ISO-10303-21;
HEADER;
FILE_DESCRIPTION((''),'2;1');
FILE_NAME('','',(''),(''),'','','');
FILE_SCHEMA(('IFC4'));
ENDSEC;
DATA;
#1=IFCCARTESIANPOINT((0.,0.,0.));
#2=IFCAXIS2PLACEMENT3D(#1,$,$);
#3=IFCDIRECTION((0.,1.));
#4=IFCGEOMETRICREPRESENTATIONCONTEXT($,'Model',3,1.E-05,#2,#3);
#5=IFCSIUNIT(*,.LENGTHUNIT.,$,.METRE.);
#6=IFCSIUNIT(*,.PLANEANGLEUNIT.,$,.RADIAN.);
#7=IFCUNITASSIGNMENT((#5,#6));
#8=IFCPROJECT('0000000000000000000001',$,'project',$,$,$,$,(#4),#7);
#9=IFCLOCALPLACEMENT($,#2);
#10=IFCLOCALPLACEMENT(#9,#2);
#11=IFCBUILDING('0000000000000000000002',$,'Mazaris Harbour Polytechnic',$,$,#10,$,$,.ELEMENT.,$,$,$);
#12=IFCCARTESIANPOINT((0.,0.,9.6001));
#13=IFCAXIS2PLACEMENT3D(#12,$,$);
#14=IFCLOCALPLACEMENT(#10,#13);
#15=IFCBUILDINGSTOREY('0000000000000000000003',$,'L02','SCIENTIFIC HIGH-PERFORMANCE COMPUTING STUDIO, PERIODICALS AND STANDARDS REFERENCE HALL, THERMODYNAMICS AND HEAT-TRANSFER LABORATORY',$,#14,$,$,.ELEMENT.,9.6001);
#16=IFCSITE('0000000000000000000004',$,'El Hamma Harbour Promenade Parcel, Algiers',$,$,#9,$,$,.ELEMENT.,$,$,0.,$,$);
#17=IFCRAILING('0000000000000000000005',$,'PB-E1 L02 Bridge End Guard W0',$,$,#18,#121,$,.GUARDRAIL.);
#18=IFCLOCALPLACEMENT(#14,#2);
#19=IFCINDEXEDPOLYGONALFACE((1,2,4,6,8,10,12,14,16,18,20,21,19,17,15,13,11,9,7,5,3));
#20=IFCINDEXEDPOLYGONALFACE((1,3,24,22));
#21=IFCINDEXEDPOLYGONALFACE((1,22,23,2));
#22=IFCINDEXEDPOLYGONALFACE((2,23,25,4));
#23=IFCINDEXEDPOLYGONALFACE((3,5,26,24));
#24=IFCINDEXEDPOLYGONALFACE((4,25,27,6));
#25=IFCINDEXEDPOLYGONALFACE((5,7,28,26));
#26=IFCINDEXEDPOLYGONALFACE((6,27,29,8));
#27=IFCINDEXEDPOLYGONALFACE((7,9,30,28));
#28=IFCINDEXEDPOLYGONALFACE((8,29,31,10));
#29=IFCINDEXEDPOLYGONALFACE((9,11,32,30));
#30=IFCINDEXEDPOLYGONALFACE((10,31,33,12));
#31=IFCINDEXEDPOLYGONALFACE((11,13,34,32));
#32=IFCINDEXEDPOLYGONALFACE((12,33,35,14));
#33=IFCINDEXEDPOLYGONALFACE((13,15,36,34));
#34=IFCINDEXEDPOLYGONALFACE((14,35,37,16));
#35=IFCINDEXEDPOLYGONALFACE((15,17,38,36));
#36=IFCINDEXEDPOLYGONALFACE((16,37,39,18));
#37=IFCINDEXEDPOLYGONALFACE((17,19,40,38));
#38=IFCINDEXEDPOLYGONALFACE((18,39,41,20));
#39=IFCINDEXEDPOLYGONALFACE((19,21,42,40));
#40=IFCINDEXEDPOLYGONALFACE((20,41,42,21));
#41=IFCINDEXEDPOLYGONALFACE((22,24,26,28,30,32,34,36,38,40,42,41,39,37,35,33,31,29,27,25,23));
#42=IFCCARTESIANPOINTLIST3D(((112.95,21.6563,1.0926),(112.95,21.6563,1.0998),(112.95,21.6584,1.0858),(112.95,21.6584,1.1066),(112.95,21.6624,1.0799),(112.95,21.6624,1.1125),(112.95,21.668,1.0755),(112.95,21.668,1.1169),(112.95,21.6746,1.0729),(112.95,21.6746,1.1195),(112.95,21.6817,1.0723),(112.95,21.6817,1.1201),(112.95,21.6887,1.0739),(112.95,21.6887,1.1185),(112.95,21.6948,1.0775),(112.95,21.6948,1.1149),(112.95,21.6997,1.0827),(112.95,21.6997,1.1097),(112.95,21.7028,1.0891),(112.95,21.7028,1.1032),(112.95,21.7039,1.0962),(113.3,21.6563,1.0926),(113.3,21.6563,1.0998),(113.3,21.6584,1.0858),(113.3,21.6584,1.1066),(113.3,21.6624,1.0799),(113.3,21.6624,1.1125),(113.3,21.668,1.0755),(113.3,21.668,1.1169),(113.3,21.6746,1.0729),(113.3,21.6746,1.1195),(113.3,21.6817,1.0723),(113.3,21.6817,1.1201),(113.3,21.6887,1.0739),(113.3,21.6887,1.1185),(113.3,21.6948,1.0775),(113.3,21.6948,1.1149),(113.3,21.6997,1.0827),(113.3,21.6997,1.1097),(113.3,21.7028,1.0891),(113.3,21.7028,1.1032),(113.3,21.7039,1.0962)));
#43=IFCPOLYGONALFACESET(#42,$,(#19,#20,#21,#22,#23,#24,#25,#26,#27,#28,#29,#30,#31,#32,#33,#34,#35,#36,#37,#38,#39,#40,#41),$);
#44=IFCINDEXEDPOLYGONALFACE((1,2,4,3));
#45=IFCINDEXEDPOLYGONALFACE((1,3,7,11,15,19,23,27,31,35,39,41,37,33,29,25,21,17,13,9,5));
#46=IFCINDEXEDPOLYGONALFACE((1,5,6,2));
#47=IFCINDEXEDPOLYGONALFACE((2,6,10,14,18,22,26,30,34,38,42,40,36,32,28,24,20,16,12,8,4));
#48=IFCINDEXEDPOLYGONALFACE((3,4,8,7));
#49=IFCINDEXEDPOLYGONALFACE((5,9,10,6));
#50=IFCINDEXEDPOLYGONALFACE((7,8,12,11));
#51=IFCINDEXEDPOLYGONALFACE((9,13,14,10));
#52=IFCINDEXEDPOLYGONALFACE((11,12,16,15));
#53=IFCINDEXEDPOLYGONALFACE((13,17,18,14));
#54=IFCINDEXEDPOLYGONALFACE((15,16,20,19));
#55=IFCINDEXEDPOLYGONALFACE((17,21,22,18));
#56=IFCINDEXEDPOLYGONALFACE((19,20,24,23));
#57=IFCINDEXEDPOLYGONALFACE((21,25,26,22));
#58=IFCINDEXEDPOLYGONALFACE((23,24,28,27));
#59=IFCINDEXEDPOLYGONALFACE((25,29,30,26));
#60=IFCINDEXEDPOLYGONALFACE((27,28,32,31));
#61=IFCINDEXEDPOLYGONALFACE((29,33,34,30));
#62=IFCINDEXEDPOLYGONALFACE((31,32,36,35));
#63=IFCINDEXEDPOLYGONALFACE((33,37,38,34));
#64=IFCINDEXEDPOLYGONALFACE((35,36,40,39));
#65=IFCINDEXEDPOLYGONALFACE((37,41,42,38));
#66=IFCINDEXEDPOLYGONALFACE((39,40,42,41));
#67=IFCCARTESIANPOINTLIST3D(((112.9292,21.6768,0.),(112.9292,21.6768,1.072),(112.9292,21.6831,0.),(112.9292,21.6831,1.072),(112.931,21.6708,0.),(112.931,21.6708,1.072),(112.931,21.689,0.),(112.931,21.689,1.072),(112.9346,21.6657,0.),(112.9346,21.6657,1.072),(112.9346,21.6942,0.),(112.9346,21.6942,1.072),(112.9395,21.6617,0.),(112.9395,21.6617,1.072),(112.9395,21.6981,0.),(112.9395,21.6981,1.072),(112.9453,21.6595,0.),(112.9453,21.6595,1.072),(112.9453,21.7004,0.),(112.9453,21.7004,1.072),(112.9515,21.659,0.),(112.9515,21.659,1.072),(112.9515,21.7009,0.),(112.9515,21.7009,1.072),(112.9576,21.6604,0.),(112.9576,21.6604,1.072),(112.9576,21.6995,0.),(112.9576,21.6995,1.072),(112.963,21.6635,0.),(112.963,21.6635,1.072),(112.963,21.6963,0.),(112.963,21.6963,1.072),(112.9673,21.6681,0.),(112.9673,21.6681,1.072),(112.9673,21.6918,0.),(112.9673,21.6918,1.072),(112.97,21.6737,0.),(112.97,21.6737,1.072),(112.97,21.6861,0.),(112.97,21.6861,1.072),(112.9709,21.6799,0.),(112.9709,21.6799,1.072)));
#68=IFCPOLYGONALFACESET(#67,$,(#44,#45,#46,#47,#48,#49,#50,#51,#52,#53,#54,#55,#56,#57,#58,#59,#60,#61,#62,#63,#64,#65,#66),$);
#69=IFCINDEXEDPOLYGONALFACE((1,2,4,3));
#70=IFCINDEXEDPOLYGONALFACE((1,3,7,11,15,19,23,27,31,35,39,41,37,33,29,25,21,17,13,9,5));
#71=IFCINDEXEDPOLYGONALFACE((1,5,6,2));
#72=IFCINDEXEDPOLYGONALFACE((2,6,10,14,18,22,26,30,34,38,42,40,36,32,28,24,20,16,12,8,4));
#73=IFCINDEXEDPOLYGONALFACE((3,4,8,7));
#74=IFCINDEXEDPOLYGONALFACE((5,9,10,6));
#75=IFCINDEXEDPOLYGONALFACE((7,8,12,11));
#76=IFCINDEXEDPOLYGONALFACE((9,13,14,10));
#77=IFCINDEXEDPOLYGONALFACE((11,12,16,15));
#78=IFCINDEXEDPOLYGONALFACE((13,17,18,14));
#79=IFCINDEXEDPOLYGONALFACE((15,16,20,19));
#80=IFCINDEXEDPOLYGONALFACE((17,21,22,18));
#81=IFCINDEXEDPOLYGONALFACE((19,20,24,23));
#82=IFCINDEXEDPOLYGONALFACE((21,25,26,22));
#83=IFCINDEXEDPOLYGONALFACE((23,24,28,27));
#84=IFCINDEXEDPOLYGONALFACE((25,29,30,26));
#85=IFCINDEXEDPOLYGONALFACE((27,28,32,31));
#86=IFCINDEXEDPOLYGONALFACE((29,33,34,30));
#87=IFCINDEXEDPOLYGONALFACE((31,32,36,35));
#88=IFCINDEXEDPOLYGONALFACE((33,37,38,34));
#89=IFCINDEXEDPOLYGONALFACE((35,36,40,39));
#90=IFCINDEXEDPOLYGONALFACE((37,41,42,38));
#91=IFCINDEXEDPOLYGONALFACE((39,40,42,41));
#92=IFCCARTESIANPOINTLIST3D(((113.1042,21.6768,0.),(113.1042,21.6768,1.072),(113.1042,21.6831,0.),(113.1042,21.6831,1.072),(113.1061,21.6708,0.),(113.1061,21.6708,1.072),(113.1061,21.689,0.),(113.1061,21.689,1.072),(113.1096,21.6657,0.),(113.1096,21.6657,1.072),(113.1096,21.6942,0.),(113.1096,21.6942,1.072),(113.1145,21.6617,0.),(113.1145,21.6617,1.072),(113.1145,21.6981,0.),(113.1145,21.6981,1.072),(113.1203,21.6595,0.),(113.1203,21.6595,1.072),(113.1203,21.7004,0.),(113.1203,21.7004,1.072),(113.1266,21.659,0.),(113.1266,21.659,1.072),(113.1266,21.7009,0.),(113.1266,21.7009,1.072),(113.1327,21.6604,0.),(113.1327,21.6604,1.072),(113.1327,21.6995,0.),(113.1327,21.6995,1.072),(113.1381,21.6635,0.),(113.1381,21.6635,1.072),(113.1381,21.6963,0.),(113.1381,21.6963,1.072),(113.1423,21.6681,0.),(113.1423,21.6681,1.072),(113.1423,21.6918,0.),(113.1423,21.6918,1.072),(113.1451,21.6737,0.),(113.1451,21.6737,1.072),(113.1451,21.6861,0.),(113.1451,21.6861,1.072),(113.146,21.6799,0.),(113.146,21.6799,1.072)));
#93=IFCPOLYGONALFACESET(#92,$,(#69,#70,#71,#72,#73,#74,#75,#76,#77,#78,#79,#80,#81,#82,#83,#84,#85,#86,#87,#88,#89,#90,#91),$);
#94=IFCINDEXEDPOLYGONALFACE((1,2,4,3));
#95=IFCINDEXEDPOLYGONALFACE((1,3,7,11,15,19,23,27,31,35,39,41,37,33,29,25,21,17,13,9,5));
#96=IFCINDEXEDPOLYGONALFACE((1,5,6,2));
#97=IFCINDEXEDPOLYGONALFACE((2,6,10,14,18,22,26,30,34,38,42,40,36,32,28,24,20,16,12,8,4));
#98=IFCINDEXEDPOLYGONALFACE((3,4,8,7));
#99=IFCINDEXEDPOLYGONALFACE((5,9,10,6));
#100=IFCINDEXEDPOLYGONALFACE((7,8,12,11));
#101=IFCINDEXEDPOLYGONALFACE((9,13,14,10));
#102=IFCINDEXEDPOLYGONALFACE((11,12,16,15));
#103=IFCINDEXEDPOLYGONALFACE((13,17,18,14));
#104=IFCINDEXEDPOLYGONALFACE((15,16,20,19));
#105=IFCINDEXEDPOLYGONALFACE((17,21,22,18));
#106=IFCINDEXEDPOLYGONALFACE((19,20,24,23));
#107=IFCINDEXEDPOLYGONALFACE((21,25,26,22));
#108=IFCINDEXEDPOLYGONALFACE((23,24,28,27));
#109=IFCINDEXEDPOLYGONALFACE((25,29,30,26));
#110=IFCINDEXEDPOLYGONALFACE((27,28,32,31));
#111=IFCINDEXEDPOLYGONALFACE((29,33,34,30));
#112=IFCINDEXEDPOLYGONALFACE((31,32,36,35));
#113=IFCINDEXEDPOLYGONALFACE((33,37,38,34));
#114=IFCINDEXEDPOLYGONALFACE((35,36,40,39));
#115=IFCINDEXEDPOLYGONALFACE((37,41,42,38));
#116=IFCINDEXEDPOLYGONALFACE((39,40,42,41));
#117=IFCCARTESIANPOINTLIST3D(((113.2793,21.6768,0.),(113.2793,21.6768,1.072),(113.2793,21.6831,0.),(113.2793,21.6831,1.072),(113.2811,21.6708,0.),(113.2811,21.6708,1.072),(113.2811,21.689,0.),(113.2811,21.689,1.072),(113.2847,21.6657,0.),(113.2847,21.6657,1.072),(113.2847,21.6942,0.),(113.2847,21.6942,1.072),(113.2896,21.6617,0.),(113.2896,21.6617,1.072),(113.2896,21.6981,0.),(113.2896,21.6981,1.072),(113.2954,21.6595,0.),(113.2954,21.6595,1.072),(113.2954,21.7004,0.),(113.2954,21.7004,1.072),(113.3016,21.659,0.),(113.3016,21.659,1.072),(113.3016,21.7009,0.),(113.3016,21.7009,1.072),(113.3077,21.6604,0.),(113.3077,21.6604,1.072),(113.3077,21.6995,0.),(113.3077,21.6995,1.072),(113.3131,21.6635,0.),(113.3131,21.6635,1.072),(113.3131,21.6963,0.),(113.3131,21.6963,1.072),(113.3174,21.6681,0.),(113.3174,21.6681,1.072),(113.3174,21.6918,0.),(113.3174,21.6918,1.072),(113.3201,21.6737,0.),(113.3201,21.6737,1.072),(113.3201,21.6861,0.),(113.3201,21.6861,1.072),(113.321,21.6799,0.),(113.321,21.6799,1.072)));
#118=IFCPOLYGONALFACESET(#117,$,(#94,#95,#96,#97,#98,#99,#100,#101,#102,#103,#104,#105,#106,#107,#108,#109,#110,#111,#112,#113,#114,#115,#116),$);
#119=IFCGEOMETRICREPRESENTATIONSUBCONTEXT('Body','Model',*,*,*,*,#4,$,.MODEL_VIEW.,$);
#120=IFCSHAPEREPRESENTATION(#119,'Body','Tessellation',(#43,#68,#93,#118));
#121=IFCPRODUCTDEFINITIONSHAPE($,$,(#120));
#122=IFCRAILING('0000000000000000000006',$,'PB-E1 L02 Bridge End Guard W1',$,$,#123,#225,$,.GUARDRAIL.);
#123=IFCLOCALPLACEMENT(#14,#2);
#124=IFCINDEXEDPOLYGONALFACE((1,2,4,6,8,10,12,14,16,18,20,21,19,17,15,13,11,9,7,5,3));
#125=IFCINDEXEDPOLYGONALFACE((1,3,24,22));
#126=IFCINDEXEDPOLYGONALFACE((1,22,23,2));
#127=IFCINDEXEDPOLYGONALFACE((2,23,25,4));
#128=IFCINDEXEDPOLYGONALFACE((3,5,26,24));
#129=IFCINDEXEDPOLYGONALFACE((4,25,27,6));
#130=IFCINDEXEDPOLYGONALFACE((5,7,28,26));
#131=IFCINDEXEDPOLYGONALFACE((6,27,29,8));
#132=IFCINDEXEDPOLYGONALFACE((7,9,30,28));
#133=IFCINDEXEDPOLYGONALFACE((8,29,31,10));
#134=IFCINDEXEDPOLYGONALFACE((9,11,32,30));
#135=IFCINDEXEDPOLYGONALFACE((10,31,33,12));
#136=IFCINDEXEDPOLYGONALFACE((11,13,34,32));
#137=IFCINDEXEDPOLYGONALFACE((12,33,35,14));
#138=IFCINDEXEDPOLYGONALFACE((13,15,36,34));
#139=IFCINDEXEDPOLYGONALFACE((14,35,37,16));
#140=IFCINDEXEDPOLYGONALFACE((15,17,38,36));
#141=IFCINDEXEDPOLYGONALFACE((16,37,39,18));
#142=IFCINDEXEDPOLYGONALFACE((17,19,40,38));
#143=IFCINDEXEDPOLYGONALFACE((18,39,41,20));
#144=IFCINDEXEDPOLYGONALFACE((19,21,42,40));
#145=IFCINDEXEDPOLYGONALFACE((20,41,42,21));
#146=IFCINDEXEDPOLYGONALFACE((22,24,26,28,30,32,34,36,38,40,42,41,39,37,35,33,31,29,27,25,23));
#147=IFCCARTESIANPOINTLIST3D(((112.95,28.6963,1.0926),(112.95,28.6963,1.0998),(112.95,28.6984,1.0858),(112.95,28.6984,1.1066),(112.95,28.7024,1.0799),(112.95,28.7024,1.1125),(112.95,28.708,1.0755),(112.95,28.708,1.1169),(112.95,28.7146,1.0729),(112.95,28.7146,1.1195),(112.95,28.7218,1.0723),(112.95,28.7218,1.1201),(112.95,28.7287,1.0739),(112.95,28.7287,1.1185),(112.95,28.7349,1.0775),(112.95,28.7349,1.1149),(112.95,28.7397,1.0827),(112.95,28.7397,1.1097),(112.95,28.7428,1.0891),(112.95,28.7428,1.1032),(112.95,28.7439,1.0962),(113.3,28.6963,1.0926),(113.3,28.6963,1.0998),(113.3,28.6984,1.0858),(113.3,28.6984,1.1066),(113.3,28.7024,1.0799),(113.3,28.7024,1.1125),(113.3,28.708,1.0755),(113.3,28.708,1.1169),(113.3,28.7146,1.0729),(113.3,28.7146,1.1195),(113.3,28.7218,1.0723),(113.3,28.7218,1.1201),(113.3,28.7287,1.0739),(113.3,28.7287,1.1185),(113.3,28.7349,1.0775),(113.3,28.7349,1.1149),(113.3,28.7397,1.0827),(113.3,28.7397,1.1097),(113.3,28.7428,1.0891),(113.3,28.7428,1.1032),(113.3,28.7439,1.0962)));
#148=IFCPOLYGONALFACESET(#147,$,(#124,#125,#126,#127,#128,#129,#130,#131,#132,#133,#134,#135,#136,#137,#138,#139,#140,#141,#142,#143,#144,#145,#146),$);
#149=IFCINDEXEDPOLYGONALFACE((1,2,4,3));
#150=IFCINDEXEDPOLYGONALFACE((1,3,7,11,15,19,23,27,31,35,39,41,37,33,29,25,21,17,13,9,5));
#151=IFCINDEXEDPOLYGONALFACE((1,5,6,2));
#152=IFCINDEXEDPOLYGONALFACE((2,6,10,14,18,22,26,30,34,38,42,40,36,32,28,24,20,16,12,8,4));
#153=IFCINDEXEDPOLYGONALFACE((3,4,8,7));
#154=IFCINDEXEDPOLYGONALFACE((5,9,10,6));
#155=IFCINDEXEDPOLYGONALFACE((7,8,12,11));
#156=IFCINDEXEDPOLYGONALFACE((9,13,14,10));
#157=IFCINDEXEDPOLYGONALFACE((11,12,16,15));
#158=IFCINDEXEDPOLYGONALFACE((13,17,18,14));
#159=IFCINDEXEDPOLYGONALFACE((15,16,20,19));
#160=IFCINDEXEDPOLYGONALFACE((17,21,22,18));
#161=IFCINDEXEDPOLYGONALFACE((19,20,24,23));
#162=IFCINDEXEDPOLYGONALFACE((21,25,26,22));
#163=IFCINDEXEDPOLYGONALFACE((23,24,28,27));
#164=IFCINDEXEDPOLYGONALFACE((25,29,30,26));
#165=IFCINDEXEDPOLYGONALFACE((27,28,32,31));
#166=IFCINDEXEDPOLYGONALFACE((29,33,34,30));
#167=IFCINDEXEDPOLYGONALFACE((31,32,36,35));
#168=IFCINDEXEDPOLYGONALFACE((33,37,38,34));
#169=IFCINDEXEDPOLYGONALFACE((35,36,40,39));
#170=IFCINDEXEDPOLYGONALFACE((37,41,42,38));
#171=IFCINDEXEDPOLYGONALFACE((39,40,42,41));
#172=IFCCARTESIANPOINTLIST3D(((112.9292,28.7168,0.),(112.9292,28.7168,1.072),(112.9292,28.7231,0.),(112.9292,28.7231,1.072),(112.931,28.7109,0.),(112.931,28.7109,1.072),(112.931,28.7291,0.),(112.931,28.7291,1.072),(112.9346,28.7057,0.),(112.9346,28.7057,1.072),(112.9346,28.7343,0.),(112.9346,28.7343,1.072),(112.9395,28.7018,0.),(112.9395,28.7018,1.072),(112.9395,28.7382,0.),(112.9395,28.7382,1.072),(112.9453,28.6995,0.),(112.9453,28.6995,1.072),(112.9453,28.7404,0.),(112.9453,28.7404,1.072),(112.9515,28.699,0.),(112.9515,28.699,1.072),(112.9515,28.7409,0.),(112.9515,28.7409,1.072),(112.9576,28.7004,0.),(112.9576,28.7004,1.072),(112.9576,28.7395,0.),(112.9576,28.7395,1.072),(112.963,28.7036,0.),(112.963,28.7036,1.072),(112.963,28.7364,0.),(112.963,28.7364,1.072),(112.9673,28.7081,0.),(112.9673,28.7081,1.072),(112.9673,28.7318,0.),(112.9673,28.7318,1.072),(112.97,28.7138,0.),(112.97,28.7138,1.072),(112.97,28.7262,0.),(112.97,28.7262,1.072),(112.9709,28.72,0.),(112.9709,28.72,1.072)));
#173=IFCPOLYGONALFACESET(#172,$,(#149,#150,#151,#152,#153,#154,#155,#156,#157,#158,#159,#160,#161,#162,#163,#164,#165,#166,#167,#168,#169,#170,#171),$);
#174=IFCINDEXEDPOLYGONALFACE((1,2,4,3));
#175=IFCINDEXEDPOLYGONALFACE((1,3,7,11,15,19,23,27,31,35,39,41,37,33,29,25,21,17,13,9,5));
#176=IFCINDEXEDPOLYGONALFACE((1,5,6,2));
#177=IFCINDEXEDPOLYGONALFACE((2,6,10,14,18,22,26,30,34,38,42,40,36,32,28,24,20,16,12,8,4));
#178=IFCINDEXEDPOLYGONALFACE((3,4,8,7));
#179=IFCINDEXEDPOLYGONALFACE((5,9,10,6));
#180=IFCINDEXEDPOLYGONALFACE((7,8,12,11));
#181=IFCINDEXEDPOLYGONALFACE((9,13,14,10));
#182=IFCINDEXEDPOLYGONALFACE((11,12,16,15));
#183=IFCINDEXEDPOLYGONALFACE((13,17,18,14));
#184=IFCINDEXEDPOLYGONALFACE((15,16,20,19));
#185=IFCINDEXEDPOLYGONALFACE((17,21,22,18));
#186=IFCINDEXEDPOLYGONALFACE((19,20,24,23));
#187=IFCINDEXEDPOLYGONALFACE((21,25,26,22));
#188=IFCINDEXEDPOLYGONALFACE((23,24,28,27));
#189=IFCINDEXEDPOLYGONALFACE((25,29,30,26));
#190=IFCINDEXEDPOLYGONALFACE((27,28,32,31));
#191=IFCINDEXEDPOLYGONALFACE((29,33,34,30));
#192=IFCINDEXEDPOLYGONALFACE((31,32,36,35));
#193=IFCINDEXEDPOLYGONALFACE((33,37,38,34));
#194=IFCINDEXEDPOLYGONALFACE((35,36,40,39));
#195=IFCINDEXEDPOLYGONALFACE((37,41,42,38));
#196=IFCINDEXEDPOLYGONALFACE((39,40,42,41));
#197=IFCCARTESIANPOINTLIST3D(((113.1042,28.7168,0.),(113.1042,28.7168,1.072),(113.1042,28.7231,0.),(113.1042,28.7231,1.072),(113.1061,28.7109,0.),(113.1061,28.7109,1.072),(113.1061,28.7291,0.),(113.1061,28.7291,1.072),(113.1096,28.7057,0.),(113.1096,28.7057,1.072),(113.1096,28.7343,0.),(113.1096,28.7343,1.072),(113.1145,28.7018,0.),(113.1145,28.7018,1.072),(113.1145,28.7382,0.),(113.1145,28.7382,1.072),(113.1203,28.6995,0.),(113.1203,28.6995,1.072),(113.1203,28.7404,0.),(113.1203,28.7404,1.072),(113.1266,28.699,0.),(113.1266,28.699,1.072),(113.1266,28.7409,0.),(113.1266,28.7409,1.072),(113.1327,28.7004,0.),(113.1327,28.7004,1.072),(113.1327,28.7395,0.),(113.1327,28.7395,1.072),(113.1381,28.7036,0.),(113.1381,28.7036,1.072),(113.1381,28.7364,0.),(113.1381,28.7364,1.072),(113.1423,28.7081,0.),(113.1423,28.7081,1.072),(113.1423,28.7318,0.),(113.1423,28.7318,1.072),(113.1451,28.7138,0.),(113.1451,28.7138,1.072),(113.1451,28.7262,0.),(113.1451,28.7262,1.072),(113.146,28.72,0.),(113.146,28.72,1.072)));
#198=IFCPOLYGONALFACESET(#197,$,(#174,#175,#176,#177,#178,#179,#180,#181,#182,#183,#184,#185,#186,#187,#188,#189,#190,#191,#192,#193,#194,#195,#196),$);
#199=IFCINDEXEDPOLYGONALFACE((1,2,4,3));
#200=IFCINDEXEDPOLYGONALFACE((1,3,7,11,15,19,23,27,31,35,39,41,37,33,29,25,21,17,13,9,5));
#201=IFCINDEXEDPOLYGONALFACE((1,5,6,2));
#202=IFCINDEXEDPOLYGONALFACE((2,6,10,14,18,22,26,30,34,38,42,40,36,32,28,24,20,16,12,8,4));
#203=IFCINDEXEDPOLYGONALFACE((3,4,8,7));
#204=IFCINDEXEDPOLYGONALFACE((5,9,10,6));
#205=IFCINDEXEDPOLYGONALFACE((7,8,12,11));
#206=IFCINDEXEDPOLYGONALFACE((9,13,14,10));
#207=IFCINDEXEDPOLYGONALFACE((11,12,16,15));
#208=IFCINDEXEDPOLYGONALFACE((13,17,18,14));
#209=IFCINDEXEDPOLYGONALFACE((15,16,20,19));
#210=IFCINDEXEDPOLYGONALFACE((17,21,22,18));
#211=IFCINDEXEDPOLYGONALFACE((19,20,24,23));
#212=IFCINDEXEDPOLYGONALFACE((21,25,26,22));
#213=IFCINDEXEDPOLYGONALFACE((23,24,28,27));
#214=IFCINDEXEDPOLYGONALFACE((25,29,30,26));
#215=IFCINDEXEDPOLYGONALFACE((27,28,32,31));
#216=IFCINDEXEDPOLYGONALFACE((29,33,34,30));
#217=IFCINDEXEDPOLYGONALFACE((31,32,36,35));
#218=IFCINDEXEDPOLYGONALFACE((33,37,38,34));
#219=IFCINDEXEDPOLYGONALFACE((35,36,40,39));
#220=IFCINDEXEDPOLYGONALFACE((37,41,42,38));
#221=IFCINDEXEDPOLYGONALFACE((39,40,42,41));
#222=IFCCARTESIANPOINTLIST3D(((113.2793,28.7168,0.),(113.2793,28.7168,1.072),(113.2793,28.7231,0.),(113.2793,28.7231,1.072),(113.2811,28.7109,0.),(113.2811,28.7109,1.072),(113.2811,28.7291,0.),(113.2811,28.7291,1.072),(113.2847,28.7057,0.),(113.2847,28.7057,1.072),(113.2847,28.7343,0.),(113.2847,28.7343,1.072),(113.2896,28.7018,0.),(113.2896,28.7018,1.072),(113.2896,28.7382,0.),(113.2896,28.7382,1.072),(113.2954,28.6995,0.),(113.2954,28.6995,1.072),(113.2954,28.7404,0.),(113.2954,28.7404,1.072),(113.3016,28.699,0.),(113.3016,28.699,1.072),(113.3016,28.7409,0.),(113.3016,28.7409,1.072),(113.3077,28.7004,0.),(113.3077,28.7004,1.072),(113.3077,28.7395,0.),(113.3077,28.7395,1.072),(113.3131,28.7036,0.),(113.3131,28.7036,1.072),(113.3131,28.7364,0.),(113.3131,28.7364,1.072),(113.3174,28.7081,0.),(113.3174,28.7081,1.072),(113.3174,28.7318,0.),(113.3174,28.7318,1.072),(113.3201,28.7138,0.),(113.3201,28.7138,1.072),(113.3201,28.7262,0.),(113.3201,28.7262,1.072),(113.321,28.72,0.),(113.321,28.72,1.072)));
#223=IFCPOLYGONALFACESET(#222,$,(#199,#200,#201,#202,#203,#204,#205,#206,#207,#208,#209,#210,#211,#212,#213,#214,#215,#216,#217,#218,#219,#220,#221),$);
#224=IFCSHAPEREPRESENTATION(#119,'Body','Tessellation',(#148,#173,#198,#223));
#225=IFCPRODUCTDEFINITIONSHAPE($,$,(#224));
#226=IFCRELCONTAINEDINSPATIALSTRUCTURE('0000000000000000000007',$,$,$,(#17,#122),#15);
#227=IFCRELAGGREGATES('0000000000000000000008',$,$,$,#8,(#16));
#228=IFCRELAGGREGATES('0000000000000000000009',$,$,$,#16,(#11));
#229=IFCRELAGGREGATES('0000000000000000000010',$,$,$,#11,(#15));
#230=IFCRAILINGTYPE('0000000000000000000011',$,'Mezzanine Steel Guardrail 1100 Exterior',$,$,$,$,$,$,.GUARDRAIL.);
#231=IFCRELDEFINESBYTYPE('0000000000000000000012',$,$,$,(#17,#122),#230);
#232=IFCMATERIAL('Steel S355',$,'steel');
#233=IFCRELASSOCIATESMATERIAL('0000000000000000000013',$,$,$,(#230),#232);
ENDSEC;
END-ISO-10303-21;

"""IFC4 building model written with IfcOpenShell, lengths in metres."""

from ifc_helpers import new_model, si_unit, direction, frame, origin, origin_2d, place, context, subcontext, project, spatial, circle, extrude, material, type_object, element, save


model = new_model("IFC4")

# Units and contexts
model_context = context("Model", 3, precision=1e-05, world=origin(), true_north=direction((0.0, 1.0)))
body_context = subcontext(model_context, "Body", "Model", "MODEL_VIEW")
ifc_project = project(units=[si_unit("LENGTHUNIT", "METRE"), si_unit("PLANEANGLEUNIT", "RADIAN")], contexts=[model_context])

# Site, building, storey
site_placement = place(None, origin())
site = spatial("IfcSite", under=ifc_project, at=site_placement, Name="El Hamma Harbour Promenade Parcel, Algiers", CompositionType="ELEMENT", RefElevation=0.0)
building_placement = place(site_placement, origin())
building = spatial("IfcBuilding", under=site, at=building_placement, Name="Mazaris Harbour Polytechnic", CompositionType="ELEMENT")
storey_placement = place(building_placement, frame((0.0, 0.0, 9.6001)))
storey = spatial("IfcBuildingStorey", under=building, at=storey_placement, Name="L02", Description="SCIENTIFIC HIGH-PERFORMANCE COMPUTING STUDIO, PERIODICALS AND STANDARDS REFERENCE HALL, THERMODYNAMICS AND HEAT-TRANSFER LABORATORY", CompositionType="ELEMENT", Elevation=9.6001)

# Railings
ifc_material_1 = material(Name="Steel S355", Category="steel")
railing_type = type_object("IfcRailingType", Name="Mezzanine Steel Guardrail 1100 Exterior", PredefinedType="GUARDRAIL", material=ifc_material_1)
for number, where, name in (
    (1, (112.95, 21.6799, 0.0), "PB-E1 L02 Bridge End Guard W0"),
    (2, (112.95, 28.72, 0.0), "PB-E1 L02 Bridge End Guard W1"),
):
    element("IfcRailing", number, at=place(storey_placement, frame(where)), inside=storey, type_object=railing_type, Name=name, PredefinedType="GUARDRAIL", context=body_context, shape_type="SweptSolid", body=[
        extrude(circle(Radius=0.0239, at=origin_2d()), frame((0.0, 0.0, 1.0962), z_axis=(1.0, 0.0, 0.0), x_axis=(0.0, 1.0, 0.0)), (0.0, 0.0, 1.0), 0.3501),
        extrude(circle(Radius=0.021, at=origin_2d()), origin(), (0.0, 0.0, 1.0), 1.072),
        extrude(circle(Radius=0.021, at=origin_2d()), frame((0.175, 0.0, 0.0)), (0.0, 0.0, 1.0), 1.072),
        extrude(circle(Radius=0.021, at=origin_2d()), frame((0.3501, 0.0, 0.0)), (0.0, 0.0, 1.0), 1.072),
    ])

save(model, "model.ifc")
